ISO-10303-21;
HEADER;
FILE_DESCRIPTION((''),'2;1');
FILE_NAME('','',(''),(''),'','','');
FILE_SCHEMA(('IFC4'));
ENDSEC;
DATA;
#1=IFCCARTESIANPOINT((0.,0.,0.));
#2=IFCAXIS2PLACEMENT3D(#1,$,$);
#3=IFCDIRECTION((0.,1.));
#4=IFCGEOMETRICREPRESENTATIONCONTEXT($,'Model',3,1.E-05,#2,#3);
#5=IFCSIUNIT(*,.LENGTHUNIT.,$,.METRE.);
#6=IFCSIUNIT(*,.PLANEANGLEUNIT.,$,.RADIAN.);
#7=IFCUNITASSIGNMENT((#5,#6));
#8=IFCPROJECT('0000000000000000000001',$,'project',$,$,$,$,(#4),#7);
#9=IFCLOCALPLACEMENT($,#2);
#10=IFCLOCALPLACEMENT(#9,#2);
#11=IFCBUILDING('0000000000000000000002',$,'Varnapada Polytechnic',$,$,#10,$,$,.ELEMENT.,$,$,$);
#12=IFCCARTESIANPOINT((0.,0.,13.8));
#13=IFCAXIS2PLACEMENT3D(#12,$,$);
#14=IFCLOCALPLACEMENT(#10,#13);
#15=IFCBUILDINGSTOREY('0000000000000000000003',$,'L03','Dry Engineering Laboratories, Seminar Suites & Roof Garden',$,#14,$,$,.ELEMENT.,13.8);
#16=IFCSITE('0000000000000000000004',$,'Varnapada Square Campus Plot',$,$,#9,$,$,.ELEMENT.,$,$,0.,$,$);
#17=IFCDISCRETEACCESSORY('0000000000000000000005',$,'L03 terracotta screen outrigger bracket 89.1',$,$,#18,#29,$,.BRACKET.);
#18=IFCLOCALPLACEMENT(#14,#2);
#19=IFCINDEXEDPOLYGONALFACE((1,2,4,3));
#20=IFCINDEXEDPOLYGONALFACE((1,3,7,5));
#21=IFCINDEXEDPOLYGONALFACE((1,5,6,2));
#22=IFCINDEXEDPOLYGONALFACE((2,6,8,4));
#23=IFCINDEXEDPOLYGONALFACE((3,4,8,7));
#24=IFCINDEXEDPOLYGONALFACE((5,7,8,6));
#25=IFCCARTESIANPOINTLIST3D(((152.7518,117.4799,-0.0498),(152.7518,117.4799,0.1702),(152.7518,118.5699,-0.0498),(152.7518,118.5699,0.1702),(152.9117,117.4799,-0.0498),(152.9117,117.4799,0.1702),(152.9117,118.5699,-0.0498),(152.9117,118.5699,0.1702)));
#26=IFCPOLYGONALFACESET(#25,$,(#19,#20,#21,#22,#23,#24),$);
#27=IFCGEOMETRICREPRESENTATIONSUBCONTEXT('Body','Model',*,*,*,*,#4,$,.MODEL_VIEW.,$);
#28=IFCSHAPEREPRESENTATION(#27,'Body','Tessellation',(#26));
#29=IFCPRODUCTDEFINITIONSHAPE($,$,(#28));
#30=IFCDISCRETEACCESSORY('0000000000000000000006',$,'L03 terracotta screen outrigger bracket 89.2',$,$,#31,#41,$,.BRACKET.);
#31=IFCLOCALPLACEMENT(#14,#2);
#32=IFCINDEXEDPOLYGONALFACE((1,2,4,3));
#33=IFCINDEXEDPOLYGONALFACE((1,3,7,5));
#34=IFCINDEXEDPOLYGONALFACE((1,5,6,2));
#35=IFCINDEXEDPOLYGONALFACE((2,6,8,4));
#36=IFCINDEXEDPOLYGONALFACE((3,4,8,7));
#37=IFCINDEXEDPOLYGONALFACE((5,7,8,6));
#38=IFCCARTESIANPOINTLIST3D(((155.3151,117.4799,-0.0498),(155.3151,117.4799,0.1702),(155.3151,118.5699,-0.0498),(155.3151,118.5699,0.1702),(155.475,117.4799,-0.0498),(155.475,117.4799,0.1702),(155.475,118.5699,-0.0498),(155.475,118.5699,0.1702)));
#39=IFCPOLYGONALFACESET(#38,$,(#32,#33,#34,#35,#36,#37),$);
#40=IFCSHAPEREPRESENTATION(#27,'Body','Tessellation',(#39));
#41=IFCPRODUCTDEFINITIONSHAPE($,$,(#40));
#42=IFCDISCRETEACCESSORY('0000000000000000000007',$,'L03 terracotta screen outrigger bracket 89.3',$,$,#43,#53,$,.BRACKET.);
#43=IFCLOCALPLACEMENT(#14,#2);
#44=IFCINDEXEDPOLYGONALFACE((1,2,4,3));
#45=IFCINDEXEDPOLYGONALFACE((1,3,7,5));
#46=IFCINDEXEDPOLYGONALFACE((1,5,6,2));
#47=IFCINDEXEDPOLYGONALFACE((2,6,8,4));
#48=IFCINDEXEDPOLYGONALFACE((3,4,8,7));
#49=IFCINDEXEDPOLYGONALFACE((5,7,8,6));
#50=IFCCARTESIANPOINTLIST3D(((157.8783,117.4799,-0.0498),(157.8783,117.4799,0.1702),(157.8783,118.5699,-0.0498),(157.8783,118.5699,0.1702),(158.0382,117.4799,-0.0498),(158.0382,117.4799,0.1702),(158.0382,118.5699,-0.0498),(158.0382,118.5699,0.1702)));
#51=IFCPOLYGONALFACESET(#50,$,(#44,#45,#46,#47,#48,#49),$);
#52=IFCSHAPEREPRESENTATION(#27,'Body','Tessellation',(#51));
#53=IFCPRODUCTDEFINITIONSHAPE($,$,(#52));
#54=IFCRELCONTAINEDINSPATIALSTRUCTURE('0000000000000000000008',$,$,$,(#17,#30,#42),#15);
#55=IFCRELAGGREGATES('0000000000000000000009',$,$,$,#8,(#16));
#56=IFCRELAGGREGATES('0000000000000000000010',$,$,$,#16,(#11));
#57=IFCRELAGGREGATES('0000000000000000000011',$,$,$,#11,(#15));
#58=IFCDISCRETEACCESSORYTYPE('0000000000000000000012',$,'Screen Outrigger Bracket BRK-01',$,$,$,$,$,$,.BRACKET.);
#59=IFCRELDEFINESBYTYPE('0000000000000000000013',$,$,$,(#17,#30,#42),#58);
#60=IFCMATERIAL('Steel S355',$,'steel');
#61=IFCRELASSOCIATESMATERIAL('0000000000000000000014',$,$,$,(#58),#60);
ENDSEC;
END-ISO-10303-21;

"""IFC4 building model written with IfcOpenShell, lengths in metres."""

from ifc_helpers import new_model, si_unit, direction, frame, origin, origin_2d, place, context, subcontext, project, spatial, rectangle, extrude, material, type_object, element, save


model = new_model("IFC4")

# Units and contexts
model_context = context("Model", 3, precision=1e-05, world=origin(), true_north=direction((0.0, 1.0)))
body_context = subcontext(model_context, "Body", "Model", "MODEL_VIEW")
ifc_project = project(units=[si_unit("LENGTHUNIT", "METRE"), si_unit("PLANEANGLEUNIT", "RADIAN")], contexts=[model_context])

# Site, building, storey
site_placement = place(None, origin())
site = spatial("IfcSite", under=ifc_project, at=site_placement, Name="Varnapada Square Campus Plot", CompositionType="ELEMENT", RefElevation=0.0)
building_placement = place(site_placement, origin())
building = spatial("IfcBuilding", under=site, at=building_placement, Name="Varnapada Polytechnic", CompositionType="ELEMENT")
storey_placement = place(building_placement, frame((0.0, 0.0, 13.8)))
storey = spatial("IfcBuildingStorey", under=building, at=storey_placement, Name="L03", Description="Dry Engineering Laboratories, Seminar Suites & Roof Garden", CompositionType="ELEMENT", Elevation=13.8)

# Discrete accessories
ifc_material_1 = material(Name="Steel S355", Category="steel")
discrete_accessory_type = type_object("IfcDiscreteAccessoryType", Name="Screen Outrigger Bracket BRK-01", PredefinedType="BRACKET", material=ifc_material_1)
for number, where, z_axis, x_axis, name in (
    (1, (152.8318, 118.0249, -0.0498), (0.0, 0.0, 1.0), (1.0, 0.0, 0.0), "L03 terracotta screen outrigger bracket 89.1"),
    (2, (155.395, 118.0249, -0.0498), (0.0, 0.0, 1.0), (1.0, 0.0, 0.0), "L03 terracotta screen outrigger bracket 89.2"),
    (3, (157.9583, 118.0249, -0.0498), (0.0, 0.0, 1.0), (1.0, 0.0, 0.0), "L03 terracotta screen outrigger bracket 89.3"),
):
    element("IfcDiscreteAccessory", number, at=place(storey_placement, frame(where, z_axis=z_axis, x_axis=x_axis)), inside=storey, type_object=discrete_accessory_type, Name=name, PredefinedType="BRACKET", context=body_context, shape_type="SweptSolid", body=[
        extrude(rectangle(XDim=0.1599, YDim=1.0901, at=origin_2d()), origin(), (0.0, 0.0, 1.0), 0.22),
    ])

save(model, "model.ifc")
